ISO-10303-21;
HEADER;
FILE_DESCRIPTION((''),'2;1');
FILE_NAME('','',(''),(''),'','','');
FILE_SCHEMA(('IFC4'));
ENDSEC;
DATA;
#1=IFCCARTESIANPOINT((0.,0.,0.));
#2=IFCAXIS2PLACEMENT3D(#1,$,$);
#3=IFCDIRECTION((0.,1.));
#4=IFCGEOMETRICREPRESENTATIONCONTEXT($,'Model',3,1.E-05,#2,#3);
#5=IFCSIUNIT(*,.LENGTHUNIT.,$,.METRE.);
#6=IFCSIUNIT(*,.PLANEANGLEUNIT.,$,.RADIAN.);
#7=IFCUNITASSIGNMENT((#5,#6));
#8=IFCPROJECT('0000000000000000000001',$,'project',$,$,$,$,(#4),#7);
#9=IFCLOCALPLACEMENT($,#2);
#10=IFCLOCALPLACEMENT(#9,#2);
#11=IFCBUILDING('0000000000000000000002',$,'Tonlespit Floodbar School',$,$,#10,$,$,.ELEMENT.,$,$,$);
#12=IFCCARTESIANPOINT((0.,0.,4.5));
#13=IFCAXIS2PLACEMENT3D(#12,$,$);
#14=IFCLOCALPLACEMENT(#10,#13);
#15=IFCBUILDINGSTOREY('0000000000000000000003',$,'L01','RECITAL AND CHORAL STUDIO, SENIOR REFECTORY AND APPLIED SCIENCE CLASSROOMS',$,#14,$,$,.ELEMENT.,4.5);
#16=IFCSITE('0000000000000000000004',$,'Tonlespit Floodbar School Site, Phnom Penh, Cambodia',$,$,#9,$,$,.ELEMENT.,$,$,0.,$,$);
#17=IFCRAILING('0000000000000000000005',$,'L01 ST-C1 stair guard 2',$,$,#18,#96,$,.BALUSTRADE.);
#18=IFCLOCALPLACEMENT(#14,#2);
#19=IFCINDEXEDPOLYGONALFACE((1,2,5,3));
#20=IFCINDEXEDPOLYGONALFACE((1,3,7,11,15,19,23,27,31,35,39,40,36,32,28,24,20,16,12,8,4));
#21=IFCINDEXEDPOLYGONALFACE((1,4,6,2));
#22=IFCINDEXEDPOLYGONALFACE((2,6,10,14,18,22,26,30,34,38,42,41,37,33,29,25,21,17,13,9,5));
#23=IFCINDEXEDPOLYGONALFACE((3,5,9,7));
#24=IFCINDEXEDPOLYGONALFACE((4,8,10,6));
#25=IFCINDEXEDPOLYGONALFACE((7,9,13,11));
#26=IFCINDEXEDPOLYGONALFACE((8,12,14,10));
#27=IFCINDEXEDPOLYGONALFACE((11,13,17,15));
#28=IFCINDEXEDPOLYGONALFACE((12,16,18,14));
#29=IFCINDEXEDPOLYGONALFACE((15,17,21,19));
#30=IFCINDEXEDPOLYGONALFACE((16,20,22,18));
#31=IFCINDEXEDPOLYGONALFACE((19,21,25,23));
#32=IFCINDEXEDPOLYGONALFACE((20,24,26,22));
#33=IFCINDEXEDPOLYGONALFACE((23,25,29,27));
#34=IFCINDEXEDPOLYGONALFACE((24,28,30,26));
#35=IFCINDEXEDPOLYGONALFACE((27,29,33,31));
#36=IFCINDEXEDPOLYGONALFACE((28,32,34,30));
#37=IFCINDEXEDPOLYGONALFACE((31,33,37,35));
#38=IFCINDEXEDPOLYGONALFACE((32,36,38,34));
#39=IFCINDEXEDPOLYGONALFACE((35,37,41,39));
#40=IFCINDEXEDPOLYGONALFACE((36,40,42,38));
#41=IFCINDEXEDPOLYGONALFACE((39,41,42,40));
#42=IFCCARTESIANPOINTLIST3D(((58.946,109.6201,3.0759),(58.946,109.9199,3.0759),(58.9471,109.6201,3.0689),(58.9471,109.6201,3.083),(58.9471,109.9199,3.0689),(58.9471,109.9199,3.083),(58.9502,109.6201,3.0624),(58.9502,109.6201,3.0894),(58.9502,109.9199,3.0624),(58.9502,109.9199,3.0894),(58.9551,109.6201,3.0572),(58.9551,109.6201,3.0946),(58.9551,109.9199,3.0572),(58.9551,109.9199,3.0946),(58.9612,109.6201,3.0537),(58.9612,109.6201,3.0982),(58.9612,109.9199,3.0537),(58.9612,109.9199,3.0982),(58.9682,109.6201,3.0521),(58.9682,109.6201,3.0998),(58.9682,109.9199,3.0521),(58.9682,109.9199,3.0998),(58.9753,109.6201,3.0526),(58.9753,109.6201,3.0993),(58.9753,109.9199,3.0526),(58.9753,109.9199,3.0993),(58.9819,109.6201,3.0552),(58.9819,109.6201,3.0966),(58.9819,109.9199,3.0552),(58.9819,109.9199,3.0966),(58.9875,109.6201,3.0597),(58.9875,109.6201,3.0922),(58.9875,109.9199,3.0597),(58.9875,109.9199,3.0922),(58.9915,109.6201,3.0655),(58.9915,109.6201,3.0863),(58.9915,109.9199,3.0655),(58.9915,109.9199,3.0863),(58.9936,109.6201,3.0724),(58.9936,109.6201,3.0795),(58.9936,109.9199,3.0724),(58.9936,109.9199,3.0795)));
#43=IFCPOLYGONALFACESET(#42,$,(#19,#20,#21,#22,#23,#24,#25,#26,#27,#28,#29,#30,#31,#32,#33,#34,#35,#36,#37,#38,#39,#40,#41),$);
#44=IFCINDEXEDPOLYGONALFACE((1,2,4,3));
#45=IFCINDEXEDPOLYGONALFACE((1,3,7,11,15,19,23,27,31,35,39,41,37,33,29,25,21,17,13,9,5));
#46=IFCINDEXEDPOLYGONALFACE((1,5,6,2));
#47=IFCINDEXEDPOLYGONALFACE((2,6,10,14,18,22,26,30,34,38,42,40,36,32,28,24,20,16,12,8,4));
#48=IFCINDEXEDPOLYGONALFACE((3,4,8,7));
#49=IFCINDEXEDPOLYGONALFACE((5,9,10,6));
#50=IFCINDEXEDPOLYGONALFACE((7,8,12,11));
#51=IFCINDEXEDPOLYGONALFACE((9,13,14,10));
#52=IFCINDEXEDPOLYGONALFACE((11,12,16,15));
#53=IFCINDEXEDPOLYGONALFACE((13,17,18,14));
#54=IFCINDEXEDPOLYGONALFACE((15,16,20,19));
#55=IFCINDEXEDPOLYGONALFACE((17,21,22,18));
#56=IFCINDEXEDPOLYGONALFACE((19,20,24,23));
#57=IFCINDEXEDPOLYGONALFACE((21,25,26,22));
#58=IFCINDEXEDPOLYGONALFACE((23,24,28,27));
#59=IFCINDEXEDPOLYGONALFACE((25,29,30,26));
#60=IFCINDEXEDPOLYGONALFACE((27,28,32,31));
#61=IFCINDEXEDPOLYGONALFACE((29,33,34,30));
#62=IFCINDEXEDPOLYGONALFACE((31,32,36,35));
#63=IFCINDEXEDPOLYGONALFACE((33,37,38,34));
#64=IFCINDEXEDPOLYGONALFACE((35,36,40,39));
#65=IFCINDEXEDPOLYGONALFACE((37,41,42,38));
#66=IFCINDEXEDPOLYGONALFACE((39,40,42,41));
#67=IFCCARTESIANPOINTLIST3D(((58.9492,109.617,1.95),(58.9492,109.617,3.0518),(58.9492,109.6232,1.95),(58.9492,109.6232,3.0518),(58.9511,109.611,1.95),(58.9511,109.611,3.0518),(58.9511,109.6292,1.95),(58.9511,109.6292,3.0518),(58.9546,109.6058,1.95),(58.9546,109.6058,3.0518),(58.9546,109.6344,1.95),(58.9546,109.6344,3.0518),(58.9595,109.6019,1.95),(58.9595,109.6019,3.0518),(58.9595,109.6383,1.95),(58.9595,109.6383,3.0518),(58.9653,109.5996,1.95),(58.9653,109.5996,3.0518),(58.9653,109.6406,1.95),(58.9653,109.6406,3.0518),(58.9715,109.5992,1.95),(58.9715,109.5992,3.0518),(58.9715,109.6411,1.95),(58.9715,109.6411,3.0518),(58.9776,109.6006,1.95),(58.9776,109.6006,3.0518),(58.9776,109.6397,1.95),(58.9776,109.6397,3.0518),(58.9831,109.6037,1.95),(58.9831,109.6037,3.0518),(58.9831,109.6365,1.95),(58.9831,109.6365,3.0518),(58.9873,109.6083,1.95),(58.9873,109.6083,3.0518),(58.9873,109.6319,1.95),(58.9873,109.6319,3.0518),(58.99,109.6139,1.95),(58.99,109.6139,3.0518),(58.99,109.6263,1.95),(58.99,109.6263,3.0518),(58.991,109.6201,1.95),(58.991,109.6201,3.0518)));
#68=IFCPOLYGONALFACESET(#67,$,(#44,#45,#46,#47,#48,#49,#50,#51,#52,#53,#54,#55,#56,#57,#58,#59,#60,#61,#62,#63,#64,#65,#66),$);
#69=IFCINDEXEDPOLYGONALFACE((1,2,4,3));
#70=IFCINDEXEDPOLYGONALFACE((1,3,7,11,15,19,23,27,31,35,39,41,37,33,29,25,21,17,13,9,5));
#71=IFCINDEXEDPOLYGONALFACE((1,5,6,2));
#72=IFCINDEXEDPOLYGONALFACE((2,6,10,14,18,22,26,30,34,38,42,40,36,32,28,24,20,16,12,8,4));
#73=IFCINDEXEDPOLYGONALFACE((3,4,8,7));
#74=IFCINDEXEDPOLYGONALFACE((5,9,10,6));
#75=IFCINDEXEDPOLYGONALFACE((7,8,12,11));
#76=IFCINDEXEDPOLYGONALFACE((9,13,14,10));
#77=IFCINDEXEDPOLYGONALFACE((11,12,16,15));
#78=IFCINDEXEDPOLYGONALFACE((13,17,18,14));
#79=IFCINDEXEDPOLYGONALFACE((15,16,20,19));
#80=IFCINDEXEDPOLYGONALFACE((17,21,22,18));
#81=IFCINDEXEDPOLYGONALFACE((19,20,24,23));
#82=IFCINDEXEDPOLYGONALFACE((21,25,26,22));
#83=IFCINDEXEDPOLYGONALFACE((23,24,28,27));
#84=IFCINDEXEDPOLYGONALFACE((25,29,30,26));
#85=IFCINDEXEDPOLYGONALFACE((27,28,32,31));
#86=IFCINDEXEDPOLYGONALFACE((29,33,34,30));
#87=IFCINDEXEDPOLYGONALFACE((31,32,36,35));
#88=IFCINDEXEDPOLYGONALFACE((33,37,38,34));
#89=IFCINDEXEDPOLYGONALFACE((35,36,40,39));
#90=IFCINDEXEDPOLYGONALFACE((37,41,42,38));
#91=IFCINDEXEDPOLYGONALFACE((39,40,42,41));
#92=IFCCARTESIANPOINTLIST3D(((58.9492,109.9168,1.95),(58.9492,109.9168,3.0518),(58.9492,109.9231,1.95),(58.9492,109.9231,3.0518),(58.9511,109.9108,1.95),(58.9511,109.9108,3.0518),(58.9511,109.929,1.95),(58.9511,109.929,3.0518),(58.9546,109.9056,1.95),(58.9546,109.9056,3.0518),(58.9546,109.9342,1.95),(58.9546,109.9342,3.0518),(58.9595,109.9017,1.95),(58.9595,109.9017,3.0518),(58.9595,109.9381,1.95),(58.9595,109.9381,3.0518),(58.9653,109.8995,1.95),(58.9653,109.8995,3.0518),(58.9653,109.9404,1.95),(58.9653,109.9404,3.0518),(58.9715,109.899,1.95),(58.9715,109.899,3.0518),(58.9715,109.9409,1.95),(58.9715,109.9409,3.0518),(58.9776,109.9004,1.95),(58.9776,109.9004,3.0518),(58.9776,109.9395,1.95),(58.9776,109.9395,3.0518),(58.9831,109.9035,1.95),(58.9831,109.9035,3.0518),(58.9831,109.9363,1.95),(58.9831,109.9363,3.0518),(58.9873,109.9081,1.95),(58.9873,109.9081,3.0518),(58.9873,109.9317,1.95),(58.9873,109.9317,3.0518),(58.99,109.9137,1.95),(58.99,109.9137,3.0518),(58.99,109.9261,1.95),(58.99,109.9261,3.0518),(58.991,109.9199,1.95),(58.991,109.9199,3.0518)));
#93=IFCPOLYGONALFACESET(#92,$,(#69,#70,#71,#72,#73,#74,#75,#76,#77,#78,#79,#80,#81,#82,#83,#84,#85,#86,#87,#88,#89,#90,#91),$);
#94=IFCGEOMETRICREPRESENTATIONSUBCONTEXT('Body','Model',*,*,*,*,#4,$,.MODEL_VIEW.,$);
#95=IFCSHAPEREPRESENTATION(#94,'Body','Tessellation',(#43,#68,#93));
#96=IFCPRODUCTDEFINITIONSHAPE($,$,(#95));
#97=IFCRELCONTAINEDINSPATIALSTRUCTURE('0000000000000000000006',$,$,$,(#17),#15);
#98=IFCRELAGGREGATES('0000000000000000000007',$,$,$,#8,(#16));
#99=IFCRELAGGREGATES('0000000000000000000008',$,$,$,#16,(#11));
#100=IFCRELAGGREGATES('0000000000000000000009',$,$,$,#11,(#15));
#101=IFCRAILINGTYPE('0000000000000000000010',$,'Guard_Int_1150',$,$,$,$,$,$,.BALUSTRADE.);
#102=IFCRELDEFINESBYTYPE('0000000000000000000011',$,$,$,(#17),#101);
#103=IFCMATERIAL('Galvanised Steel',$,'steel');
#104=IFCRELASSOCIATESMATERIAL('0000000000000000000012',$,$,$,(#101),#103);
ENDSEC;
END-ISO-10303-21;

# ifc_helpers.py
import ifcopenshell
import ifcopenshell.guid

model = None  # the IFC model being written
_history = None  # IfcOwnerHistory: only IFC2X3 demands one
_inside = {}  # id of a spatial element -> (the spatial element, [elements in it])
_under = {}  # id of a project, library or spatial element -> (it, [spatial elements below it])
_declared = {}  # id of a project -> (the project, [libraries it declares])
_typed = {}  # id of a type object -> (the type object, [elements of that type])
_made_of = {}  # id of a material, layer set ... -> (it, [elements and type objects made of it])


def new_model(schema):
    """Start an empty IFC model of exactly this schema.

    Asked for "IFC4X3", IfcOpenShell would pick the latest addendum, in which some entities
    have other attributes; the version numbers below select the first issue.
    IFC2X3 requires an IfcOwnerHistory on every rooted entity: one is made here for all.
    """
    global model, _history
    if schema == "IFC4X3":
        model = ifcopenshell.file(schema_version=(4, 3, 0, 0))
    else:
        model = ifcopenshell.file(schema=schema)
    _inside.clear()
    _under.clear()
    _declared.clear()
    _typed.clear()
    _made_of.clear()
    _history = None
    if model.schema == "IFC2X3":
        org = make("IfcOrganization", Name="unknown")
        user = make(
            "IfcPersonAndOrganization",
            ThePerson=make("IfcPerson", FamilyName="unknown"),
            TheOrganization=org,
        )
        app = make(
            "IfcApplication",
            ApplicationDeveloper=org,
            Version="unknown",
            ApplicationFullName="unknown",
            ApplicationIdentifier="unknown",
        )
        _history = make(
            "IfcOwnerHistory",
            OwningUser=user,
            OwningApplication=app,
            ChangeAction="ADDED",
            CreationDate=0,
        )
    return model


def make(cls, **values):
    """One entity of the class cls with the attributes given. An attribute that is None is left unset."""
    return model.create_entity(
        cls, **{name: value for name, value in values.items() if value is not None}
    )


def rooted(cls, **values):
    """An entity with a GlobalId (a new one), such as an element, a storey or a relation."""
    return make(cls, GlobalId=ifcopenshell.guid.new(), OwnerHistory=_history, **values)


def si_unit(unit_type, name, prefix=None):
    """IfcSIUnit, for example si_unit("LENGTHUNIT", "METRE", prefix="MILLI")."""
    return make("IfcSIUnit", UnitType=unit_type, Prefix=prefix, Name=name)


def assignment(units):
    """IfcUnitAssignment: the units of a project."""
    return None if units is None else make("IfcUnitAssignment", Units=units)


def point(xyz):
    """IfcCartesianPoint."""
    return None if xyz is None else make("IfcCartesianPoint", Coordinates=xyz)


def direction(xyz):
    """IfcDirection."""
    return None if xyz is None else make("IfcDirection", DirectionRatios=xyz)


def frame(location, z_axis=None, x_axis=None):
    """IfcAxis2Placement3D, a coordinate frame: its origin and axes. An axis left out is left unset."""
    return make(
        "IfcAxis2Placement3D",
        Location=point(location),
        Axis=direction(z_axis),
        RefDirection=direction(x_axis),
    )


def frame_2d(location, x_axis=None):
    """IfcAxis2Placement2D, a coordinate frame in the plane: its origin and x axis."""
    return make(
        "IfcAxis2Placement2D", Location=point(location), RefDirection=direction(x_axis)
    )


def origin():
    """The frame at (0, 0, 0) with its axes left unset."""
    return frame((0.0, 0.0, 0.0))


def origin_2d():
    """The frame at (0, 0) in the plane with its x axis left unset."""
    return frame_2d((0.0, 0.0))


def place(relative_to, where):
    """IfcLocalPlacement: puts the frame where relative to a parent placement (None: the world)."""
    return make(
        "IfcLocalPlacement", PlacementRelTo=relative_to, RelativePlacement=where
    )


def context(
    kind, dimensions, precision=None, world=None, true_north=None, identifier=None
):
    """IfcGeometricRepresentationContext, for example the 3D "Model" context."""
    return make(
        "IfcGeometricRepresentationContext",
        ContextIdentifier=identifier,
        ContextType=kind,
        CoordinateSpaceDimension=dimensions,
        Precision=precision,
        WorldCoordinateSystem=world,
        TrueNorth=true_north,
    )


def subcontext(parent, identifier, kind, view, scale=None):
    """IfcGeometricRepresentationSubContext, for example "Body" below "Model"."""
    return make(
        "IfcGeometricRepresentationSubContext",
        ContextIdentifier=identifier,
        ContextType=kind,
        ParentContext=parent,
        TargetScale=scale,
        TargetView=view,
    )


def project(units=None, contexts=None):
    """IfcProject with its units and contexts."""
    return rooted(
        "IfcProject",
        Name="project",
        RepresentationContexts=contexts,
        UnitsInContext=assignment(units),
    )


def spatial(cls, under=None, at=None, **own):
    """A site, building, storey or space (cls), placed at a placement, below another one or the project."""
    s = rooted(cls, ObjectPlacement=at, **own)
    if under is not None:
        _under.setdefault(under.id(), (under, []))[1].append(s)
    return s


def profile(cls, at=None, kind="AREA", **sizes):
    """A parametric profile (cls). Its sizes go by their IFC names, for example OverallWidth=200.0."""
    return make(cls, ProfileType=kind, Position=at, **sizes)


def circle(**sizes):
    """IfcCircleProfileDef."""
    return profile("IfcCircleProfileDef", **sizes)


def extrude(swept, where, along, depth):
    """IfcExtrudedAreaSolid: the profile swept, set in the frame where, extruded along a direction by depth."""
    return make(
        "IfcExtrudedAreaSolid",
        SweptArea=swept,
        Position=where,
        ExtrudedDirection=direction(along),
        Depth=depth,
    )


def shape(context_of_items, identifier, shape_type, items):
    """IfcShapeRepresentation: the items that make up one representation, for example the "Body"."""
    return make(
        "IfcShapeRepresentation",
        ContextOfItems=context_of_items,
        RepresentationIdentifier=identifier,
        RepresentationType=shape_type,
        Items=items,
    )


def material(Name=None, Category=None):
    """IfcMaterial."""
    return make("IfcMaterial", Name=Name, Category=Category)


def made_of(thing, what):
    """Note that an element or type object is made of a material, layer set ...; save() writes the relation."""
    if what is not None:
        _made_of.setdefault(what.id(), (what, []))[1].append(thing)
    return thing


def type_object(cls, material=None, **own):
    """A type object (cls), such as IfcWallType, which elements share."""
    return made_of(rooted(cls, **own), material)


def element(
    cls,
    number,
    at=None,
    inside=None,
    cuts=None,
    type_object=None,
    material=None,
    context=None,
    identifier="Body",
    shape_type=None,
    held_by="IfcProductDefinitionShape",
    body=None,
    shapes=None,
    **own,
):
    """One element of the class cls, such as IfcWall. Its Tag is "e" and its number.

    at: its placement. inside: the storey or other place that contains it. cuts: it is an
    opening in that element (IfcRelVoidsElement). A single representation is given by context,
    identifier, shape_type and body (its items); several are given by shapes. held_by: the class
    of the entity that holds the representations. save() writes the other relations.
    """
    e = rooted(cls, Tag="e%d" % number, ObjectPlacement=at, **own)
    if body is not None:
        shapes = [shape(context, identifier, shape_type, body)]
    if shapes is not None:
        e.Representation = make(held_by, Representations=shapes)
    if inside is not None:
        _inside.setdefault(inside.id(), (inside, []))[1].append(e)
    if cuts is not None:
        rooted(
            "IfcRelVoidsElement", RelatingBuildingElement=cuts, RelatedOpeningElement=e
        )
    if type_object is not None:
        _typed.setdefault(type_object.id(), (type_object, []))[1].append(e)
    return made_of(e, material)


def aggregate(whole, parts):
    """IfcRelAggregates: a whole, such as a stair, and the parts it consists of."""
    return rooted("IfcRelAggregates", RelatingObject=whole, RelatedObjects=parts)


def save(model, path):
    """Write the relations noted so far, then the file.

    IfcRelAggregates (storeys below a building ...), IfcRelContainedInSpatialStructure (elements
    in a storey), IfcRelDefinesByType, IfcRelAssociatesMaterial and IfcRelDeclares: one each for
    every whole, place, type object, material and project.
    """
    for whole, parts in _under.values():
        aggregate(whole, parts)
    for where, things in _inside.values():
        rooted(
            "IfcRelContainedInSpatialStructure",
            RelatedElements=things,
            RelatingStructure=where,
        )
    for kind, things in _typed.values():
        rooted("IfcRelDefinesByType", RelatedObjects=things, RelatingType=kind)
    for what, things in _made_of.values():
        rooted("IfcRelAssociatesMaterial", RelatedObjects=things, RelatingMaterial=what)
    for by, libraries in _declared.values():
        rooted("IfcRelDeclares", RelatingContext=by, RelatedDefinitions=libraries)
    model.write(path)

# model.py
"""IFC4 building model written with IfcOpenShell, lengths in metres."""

from ifc_helpers import new_model, si_unit, direction, frame, origin, origin_2d, place, context, subcontext, project, spatial, circle, extrude, material, type_object, element, save


model = new_model("IFC4")

# Units and contexts
model_context = context("Model", 3, precision=1e-05, world=origin(), true_north=direction((0.0, 1.0)))
body_context = subcontext(model_context, "Body", "Model", "MODEL_VIEW")
ifc_project = project(units=[si_unit("LENGTHUNIT", "METRE"), si_unit("PLANEANGLEUNIT", "RADIAN")], contexts=[model_context])

# Site, building, storey
site_placement = place(None, origin())
site = spatial("IfcSite", under=ifc_project, at=site_placement, Name="Tonlespit Floodbar School Site, Phnom Penh, Cambodia", CompositionType="ELEMENT", RefElevation=0.0)
building_placement = place(site_placement, origin())
building = spatial("IfcBuilding", under=site, at=building_placement, Name="Tonlespit Floodbar School", CompositionType="ELEMENT")
storey_placement = place(building_placement, frame((0.0, 0.0, 4.5)))
storey = spatial("IfcBuildingStorey", under=building, at=storey_placement, Name="L01", Description="RECITAL AND CHORAL STUDIO, SENIOR REFECTORY AND APPLIED SCIENCE CLASSROOMS", CompositionType="ELEMENT", Elevation=4.5)

# Shared definitions
ifc_material_1 = material(Name="Galvanised Steel", Category="steel")

# Railing
railing_type_1 = type_object("IfcRailingType", Name="Guard_Int_1150", PredefinedType="BALUSTRADE", material=ifc_material_1)
railing_1_placement = place(storey_placement, frame((58.97, 109.6201, 1.95)))
element("IfcRailing", 1, at=railing_1_placement, inside=storey, type_object=railing_type_1, Name="L01 ST-C1 stair guard 2", PredefinedType="BALUSTRADE", context=body_context, shape_type="SweptSolid", body=[
    extrude(circle(Radius=0.0239, at=origin_2d()), frame((0.0, 0.0, 1.126), z_axis=(0.0, 1.0, 0.0), x_axis=(-1.0, 0.0, 0.0)), (0.0, 0.0, 1.0), 0.2998),
    extrude(circle(Radius=0.021, at=origin_2d()), origin(), (0.0, 0.0, 1.0), 1.1018),
    extrude(circle(Radius=0.021, at=origin_2d()), frame((0.0, 0.2998, 0.0)), (0.0, 0.0, 1.0), 1.1018),
])

save(model, "model.ifc")
